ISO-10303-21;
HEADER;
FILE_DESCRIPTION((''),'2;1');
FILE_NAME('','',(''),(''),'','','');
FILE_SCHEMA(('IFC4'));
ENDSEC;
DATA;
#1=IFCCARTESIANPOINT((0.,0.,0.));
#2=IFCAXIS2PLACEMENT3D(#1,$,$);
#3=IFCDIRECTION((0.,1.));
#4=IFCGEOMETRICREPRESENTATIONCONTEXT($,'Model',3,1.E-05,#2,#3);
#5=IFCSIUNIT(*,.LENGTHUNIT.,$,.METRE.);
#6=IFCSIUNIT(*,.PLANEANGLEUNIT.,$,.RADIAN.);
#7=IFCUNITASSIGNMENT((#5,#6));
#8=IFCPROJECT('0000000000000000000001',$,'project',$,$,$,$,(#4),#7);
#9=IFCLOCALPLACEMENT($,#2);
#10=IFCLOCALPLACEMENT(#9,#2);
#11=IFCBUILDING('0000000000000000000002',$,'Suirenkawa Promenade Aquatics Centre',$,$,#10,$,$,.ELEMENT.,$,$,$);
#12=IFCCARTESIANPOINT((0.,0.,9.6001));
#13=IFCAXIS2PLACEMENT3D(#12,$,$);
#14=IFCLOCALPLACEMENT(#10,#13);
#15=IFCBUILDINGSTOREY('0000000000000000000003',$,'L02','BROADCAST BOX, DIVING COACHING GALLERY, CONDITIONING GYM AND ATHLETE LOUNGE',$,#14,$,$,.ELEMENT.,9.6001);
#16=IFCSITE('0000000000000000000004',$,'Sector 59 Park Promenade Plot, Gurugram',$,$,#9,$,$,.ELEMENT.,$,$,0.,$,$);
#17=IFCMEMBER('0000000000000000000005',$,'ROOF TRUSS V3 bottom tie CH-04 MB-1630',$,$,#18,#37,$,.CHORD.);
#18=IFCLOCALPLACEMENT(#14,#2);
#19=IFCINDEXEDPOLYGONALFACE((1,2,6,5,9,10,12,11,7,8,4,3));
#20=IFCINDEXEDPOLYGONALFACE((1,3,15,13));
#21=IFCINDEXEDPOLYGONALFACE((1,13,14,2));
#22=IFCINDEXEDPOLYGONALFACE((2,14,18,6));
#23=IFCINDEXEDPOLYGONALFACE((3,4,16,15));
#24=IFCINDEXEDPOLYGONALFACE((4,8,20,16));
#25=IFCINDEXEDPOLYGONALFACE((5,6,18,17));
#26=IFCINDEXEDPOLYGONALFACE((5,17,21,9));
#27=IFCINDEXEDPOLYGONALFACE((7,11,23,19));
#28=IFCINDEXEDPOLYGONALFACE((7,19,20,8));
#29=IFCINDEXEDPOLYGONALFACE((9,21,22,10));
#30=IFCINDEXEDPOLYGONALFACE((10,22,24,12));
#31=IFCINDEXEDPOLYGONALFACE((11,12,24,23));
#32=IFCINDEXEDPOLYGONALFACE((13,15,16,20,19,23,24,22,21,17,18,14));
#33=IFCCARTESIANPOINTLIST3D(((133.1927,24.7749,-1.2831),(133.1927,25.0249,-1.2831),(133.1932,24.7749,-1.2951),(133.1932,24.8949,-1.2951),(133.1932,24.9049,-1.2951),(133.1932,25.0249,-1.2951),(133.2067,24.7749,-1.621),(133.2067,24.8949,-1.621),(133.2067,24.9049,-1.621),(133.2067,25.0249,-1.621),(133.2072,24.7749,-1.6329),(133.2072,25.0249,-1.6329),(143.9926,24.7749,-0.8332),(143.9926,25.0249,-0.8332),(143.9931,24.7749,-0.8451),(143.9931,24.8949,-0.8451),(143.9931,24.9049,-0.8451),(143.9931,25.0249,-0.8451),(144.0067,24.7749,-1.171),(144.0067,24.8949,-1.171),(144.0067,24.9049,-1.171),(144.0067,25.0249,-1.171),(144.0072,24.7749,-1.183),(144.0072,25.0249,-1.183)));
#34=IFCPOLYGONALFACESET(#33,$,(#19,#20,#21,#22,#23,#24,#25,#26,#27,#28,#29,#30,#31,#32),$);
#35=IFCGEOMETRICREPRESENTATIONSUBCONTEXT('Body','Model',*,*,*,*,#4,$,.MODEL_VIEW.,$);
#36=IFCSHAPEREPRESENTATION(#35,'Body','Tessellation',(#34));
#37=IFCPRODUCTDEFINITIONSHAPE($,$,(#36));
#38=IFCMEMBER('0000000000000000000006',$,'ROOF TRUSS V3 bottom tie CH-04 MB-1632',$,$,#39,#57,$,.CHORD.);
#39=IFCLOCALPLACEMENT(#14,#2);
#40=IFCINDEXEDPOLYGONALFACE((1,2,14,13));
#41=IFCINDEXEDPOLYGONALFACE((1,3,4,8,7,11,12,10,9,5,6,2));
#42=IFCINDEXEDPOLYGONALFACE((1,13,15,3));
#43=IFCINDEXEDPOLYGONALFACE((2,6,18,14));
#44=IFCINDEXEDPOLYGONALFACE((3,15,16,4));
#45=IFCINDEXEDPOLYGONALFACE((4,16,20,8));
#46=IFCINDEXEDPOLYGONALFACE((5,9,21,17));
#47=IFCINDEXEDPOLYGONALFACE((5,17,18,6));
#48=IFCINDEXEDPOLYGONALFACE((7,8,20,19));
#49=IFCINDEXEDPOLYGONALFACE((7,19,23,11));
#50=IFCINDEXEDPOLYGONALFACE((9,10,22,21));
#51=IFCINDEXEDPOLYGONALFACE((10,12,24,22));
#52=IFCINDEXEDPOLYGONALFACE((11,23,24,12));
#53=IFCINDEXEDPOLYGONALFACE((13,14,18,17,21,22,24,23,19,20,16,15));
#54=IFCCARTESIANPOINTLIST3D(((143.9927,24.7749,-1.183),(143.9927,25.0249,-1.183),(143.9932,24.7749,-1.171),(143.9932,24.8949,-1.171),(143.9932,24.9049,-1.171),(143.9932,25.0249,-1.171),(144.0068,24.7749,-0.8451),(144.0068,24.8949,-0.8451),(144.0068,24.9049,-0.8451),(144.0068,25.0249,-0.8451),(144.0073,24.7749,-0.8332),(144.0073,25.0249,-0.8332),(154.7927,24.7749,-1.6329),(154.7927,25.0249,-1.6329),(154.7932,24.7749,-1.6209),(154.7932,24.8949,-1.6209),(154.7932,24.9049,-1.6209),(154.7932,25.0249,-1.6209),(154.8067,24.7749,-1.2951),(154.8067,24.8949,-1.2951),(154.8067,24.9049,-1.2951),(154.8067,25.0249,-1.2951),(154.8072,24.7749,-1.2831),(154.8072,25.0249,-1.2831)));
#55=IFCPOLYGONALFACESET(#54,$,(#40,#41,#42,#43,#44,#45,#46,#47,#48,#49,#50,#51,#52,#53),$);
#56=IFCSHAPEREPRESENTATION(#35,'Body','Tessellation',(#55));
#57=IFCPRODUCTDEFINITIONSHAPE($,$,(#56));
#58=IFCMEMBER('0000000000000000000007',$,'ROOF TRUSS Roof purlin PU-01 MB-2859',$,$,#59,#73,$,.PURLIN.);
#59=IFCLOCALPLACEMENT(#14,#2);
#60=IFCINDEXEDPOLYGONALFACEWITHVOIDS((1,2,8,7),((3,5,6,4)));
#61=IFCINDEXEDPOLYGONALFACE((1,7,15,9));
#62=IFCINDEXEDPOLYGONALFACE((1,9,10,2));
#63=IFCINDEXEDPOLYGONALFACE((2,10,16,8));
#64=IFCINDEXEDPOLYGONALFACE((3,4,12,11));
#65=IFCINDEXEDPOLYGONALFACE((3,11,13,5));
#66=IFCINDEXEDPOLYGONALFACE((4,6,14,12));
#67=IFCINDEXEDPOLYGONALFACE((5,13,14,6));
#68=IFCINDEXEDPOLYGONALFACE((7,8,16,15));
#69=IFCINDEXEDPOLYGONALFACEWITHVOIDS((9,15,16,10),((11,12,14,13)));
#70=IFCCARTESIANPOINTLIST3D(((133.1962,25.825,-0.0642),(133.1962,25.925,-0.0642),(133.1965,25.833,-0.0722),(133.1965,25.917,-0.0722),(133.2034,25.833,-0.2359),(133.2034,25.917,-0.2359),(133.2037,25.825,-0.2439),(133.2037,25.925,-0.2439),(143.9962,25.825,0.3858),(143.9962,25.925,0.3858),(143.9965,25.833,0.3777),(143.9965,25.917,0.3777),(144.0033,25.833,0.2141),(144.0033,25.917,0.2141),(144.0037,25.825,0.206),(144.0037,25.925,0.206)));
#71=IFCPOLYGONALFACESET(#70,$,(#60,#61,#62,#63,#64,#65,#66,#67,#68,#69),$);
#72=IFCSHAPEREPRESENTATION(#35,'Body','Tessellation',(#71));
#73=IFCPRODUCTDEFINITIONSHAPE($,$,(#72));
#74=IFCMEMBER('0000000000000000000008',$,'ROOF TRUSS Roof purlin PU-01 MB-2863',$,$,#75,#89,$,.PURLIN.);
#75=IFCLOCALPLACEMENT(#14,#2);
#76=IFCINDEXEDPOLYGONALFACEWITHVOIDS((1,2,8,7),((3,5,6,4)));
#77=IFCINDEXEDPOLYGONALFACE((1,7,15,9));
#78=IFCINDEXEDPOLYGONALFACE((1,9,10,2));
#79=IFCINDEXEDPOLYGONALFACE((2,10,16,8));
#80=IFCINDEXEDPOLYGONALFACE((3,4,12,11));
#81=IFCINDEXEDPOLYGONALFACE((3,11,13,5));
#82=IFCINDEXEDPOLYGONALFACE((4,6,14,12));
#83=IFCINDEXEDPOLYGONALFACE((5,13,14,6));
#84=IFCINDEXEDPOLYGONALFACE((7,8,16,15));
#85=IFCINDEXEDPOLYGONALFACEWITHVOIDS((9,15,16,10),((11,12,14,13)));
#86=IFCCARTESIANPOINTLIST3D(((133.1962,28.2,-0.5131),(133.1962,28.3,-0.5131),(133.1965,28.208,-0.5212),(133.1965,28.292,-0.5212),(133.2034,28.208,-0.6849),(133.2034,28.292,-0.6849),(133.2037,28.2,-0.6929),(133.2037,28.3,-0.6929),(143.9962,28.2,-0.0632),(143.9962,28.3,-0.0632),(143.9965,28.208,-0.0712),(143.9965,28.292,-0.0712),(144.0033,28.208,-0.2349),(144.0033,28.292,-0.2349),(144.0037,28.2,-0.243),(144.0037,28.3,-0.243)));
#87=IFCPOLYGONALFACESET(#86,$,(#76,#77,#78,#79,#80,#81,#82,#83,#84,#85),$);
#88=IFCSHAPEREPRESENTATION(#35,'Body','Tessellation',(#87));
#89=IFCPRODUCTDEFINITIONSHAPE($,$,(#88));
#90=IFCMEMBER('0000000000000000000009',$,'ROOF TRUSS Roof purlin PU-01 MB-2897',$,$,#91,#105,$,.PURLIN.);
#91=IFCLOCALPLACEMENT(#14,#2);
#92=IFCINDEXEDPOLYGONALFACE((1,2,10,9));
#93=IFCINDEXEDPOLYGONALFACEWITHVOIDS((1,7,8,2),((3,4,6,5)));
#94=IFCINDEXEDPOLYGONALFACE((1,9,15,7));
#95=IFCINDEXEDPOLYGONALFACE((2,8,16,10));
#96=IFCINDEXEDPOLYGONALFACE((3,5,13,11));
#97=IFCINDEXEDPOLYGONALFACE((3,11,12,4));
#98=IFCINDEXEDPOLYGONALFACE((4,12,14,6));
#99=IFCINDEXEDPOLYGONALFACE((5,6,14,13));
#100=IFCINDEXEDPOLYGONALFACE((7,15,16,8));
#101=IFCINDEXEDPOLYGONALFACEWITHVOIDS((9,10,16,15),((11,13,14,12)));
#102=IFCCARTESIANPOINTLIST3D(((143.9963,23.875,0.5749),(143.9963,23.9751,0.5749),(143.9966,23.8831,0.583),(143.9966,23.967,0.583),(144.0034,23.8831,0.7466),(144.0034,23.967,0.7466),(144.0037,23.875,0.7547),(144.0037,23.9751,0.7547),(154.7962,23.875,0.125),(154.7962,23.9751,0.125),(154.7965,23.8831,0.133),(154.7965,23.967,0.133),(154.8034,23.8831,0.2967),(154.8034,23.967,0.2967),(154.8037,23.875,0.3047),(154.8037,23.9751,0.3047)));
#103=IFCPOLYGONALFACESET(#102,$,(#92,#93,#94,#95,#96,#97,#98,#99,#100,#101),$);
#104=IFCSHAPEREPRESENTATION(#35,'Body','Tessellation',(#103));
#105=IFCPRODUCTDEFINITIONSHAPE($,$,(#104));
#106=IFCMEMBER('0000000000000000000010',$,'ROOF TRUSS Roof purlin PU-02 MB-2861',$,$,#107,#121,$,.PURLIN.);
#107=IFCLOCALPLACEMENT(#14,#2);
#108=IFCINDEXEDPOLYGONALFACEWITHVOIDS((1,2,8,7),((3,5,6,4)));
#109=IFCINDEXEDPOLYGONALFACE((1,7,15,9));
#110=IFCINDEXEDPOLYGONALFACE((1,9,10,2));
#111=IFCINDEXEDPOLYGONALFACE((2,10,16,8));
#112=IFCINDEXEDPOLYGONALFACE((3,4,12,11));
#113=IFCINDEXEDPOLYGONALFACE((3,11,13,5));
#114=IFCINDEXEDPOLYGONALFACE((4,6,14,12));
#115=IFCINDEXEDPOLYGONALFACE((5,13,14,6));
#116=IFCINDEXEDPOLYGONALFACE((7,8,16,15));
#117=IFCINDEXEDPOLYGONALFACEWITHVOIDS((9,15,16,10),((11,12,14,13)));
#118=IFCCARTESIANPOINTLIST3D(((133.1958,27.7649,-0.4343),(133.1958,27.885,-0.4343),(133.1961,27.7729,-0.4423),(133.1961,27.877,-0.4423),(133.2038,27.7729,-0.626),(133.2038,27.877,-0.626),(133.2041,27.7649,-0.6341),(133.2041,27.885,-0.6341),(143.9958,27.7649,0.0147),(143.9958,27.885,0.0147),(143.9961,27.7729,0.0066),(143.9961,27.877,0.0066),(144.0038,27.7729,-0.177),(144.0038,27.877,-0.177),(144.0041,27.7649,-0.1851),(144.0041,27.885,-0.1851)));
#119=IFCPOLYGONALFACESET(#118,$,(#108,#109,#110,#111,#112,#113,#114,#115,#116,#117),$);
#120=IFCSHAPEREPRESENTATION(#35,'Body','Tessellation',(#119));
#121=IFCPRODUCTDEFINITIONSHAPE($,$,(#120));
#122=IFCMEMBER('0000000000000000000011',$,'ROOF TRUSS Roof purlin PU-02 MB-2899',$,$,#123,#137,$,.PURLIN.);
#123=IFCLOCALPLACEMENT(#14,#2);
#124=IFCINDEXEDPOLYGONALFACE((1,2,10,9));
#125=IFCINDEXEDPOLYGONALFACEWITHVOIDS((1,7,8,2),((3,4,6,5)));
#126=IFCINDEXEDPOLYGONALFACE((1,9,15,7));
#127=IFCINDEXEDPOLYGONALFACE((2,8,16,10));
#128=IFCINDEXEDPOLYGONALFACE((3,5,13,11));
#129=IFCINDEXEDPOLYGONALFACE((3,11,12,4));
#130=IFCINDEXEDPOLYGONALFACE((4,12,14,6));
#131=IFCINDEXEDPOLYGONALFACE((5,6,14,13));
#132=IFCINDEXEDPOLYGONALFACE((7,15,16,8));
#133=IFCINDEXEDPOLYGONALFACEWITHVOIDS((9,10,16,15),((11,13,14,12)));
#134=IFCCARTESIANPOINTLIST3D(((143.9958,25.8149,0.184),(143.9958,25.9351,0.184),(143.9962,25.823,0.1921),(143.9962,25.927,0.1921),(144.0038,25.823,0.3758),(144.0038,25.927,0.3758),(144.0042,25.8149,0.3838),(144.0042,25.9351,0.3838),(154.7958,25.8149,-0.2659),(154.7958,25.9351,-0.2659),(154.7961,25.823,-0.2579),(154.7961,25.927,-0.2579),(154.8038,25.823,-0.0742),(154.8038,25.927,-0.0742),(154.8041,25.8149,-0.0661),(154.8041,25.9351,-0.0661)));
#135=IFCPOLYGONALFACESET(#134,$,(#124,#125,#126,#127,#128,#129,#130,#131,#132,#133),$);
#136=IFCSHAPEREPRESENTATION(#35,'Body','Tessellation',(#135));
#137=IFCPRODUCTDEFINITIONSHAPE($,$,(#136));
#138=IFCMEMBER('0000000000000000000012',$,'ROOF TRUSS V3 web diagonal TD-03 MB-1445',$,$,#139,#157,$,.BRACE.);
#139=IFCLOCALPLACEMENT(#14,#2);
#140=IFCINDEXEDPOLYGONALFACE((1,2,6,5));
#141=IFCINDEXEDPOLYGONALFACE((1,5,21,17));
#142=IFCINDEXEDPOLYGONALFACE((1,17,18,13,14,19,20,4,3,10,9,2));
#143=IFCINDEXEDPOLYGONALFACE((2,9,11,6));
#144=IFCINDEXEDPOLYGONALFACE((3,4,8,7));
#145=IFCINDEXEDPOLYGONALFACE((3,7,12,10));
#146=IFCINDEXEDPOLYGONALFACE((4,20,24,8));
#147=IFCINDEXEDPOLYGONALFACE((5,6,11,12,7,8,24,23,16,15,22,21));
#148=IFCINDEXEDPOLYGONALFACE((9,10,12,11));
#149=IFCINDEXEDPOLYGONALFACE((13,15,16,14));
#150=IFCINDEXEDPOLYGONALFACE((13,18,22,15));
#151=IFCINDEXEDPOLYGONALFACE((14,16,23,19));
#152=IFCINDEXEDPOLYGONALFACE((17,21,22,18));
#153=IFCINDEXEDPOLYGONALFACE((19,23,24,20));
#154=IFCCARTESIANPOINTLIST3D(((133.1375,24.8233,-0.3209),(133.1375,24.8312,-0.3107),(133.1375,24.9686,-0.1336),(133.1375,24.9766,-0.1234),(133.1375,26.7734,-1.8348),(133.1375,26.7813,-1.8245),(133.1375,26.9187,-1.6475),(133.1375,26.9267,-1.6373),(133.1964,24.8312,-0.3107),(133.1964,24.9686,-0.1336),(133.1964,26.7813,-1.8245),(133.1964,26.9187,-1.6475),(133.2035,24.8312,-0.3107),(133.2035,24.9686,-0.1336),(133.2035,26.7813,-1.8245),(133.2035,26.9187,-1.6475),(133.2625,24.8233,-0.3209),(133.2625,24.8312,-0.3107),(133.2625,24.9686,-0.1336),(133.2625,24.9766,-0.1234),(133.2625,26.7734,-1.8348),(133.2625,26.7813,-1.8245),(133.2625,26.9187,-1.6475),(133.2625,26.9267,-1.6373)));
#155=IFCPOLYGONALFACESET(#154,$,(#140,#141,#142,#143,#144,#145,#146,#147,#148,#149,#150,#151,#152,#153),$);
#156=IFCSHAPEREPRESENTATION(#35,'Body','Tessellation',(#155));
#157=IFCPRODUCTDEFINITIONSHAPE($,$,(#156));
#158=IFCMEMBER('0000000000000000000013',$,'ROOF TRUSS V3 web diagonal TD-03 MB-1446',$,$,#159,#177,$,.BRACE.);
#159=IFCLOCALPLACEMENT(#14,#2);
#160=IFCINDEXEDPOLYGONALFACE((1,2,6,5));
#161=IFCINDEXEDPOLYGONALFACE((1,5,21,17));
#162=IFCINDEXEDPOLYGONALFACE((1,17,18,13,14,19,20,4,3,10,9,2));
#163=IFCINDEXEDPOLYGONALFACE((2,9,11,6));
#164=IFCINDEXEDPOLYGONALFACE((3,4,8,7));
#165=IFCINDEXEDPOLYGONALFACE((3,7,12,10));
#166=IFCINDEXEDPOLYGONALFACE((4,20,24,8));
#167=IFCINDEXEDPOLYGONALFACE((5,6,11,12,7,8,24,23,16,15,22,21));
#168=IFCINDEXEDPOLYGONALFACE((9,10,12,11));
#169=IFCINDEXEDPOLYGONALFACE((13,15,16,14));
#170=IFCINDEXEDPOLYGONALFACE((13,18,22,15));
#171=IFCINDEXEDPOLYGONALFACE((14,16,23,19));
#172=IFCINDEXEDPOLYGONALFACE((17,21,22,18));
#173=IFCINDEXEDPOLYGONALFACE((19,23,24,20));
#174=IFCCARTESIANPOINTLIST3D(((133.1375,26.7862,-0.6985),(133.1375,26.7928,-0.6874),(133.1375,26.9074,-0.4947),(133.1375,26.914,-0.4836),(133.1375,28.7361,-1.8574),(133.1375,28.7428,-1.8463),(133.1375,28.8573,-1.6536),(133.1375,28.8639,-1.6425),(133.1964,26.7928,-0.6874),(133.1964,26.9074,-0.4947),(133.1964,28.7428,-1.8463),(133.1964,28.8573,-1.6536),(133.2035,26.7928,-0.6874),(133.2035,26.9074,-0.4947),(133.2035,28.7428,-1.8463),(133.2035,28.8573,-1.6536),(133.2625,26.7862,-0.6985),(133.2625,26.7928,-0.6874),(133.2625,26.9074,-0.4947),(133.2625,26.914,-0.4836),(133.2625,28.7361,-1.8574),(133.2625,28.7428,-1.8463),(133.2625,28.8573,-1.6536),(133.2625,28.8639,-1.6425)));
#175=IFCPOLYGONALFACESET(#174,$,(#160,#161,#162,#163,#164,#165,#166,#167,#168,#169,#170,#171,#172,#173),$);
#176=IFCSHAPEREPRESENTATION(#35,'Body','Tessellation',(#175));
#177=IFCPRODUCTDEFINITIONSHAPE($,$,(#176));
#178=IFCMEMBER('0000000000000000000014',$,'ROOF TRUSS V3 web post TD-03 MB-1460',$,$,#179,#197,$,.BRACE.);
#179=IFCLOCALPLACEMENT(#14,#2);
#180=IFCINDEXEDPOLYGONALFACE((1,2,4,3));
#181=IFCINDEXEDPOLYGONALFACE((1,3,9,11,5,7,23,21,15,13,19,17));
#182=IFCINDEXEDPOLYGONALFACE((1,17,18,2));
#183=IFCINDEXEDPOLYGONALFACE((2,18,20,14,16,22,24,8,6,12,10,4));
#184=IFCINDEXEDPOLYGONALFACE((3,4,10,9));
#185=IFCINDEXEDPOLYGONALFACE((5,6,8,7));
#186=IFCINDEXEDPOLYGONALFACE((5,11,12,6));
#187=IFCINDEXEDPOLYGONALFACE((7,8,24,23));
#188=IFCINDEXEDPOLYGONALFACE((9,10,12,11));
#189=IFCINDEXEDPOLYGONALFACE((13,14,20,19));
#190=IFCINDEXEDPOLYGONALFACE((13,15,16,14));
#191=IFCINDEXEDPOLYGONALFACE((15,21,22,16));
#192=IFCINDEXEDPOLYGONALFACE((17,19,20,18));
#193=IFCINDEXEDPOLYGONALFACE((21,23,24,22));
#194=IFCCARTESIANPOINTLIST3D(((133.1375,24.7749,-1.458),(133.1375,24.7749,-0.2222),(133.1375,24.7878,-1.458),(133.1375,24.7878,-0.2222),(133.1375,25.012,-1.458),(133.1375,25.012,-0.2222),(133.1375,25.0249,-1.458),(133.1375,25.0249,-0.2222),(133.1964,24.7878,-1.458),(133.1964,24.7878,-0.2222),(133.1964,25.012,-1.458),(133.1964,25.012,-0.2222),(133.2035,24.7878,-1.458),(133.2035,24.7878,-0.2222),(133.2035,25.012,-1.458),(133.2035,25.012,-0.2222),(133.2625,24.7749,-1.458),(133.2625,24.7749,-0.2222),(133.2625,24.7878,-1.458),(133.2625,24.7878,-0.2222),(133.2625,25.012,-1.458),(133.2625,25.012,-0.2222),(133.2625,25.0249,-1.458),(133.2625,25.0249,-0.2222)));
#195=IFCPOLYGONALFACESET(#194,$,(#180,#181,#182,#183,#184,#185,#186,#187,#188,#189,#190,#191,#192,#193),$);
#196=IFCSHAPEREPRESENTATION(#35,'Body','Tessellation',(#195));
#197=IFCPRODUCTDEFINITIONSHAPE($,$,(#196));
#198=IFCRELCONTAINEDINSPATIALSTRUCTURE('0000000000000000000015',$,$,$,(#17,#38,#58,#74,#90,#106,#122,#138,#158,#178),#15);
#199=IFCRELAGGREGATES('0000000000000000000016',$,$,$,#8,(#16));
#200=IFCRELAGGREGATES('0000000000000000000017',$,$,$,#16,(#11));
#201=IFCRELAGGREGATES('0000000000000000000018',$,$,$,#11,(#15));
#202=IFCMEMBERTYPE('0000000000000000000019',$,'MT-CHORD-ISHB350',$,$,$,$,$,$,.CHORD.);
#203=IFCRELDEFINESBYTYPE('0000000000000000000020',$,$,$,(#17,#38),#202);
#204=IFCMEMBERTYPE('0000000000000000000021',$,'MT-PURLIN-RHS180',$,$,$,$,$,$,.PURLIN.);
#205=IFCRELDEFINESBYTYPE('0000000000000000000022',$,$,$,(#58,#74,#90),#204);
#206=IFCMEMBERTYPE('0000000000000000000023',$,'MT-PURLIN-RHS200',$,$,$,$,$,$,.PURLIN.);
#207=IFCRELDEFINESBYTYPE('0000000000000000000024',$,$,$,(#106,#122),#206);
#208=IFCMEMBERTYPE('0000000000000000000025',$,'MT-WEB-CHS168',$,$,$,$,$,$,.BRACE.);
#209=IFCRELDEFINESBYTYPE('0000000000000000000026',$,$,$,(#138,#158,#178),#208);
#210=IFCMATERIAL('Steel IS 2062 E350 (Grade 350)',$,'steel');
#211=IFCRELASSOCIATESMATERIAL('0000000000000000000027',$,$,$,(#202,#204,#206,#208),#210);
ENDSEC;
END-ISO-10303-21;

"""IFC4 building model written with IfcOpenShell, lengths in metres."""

from ifc_helpers import new_model, si_unit, direction, frame, origin, origin_2d, place, context, subcontext, project, spatial, hollow_rectangle, i_section, extrude, material, material_profile, profile_set, type_object, element, save


model = new_model("IFC4")

# Units and contexts
model_context = context("Model", 3, precision=1e-05, world=origin(), true_north=direction((0.0, 1.0)))
body_context = subcontext(model_context, "Body", "Model", "MODEL_VIEW")
ifc_project = project(units=[si_unit("LENGTHUNIT", "METRE"), si_unit("PLANEANGLEUNIT", "RADIAN")], contexts=[model_context])

# Site, building, storey
site_placement = place(None, origin())
site = spatial("IfcSite", under=ifc_project, at=site_placement, Name="Sector 59 Park Promenade Plot, Gurugram", CompositionType="ELEMENT", RefElevation=0.0)
building_placement = place(site_placement, origin())
building = spatial("IfcBuilding", under=site, at=building_placement, Name="Suirenkawa Promenade Aquatics Centre", CompositionType="ELEMENT")
storey_placement = place(building_placement, frame((0.0, 0.0, 9.6001)))
storey = spatial("IfcBuildingStorey", under=building, at=storey_placement, Name="L02", Description="BROADCAST BOX, DIVING COACHING GALLERY, CONDITIONING GYM AND ATHLETE LOUNGE", CompositionType="ELEMENT", Elevation=9.6001)

# Shared definitions
ifc_material = material(Name="Steel IS 2062 E350 (Grade 350)", Category="steel")

# Members
ifc_material_profile_1 = material_profile(ifc_material, i_section(OverallWidth=0.25, OverallDepth=0.3501, WebThickness=0.01, FlangeThickness=0.012, at=origin_2d()), Name="ISHB 350", Category="steel")
ifc_profile_set_1 = profile_set([ifc_material_profile_1], Name="Steel IS 2062 E350 (Grade 350)")
member_type_1 = type_object("IfcMemberType", Name="MT-CHORD-ISHB350", PredefinedType="CHORD", material=ifc_profile_set_1)
for number, where, z_axis, x_axis, name in (
    (1, (133.2, 24.8999, -1.458), (0.999133, 0.0, 0.041626), (0.0, 1.0, 0.0), "ROOF TRUSS V3 bottom tie CH-04 MB-1630"),
    (2, (144.0, 24.8999, -1.0081), (0.999133, 0.0, -0.041626), (0.0, 1.0, 0.0), "ROOF TRUSS V3 bottom tie CH-04 MB-1632"),
):
    element("IfcMember", number, at=place(storey_placement, frame(where, z_axis=z_axis, x_axis=x_axis)), inside=storey, type_object=member_type_1, Name=name, PredefinedType="CHORD", context=body_context, shape_type="SweptSolid", body=[
        extrude(i_section(OverallWidth=0.25, OverallDepth=0.3501, WebThickness=0.01, FlangeThickness=0.012, at=origin_2d()), origin(), (0.0, 0.0, 1.0), 10.8093),
    ])
ifc_material_profile_2 = material_profile(ifc_material, hollow_rectangle(XDim=0.1001, YDim=0.1799, WallThickness=0.0081, at=origin_2d()), Name="RHS 180x100x8", Category="steel")
ifc_profile_set_2 = profile_set([ifc_material_profile_2], Name="Steel IS 2062 E350 (Grade 350)")
member_type_2 = type_object("IfcMemberType", Name="MT-PURLIN-RHS180", PredefinedType="PURLIN", material=ifc_profile_set_2)
for number, where, z_axis, x_axis, name in (
    (3, (133.2, 25.875, -0.1541), (0.999133, 0.0, 0.041626), (0.0, 1.0, 0.0), "ROOF TRUSS Roof purlin PU-01 MB-2859"),
    (4, (133.2, 28.25, -0.603), (0.999133, 0.0, 0.041626), (0.0, 1.0, 0.0), "ROOF TRUSS Roof purlin PU-01 MB-2863"),
    (5, (144.0, 23.925, 0.6648), (0.999133, 0.0, -0.041626), (0.0, 1.0, 0.0), "ROOF TRUSS Roof purlin PU-01 MB-2897"),
):
    element("IfcMember", number, at=place(storey_placement, frame(where, z_axis=z_axis, x_axis=x_axis)), inside=storey, type_object=member_type_2, Name=name, PredefinedType="PURLIN", context=body_context, shape_type="SweptSolid", body=[
        extrude(hollow_rectangle(XDim=0.1001, YDim=0.1799, WallThickness=0.0081, at=origin_2d()), origin(), (0.0, 0.0, 1.0), 10.8093),
    ])
ifc_material_profile_3 = material_profile(ifc_material, hollow_rectangle(XDim=0.1201, YDim=0.2, WallThickness=0.0081, at=origin_2d()), Name="RHS 200x120x8", Category="steel")
ifc_profile_set_3 = profile_set([ifc_material_profile_3], Name="Steel IS 2062 E350 (Grade 350)")
member_type_3 = type_object("IfcMemberType", Name="MT-PURLIN-RHS200", PredefinedType="PURLIN", material=ifc_profile_set_3)
for number, where, z_axis, x_axis, name in (
    (6, (133.2, 27.825, -0.5342), (0.999137, 0.0, 0.041536), (0.0, 1.0, 0.0), "ROOF TRUSS Roof purlin PU-02 MB-2861"),
    (7, (144.0, 25.875, 0.2839), (0.999133, 0.0, -0.041626), (0.0, 1.0, 0.0), "ROOF TRUSS Roof purlin PU-02 MB-2899"),
):
    element("IfcMember", number, at=place(storey_placement, frame(where, z_axis=z_axis, x_axis=x_axis)), inside=storey, type_object=member_type_3, Name=name, PredefinedType="PURLIN", context=body_context, shape_type="SweptSolid", body=[
        extrude(hollow_rectangle(XDim=0.1201, YDim=0.2, WallThickness=0.0081, at=origin_2d()), origin(), (0.0, 0.0, 1.0), 10.8093),
    ])
ifc_material_profile_4 = material_profile(ifc_material, i_section(OverallWidth=0.125, OverallDepth=0.25, WebThickness=0.0071, FlangeThickness=0.0129, at=origin_2d()), Name="ISMB 250", Category="steel")
ifc_profile_set_4 = profile_set([ifc_material_profile_4], Name="Steel IS 2062 E350 (Grade 350)")
member_type_4 = type_object("IfcMemberType", Name="MT-WEB-CHS168", PredefinedType="BRACE", material=ifc_profile_set_4)
member_1_placement = place(storey_placement, frame((133.2, 24.8999, -0.2222), z_axis=(0.0, 0.789922, -0.613208), x_axis=(-1.0, 0.0, 0.0)))
element("IfcMember", 8, at=member_1_placement, inside=storey, type_object=member_type_4, Name="ROOF TRUSS V3 web diagonal TD-03 MB-1445", PredefinedType="BRACE", context=body_context, shape_type="SweptSolid", body=[
    extrude(i_section(OverallWidth=0.125, OverallDepth=0.25, WebThickness=0.0071, FlangeThickness=0.0129, at=origin_2d()), origin(), (0.0, 0.0, 1.0), 2.4688),
])
member_2_placement = place(storey_placement, frame((133.2, 26.8501, -0.5911), z_axis=(0.0, 0.859632, -0.510914), x_axis=(-1.0, 0.0, 0.0)))
element("IfcMember", 9, at=member_2_placement, inside=storey, type_object=member_type_4, Name="ROOF TRUSS V3 web diagonal TD-03 MB-1446", PredefinedType="BRACE", context=body_context, shape_type="SweptSolid", body=[
    extrude(i_section(OverallWidth=0.125, OverallDepth=0.25, WebThickness=0.0071, FlangeThickness=0.0129, at=origin_2d()), origin(), (0.0, 0.0, 1.0), 2.2683),
])
member_3_placement = place(storey_placement, frame((133.2, 24.8999, -1.458), z_axis=(0.0, 0.0, 1.0), x_axis=(1.0, 0.0, 0.0)))
element("IfcMember", 10, at=member_3_placement, inside=storey, type_object=member_type_4, Name="ROOF TRUSS V3 web post TD-03 MB-1460", PredefinedType="BRACE", context=body_context, shape_type="SweptSolid", body=[
    extrude(i_section(OverallWidth=0.125, OverallDepth=0.25, WebThickness=0.0071, FlangeThickness=0.0129, at=origin_2d()), origin(), (0.0, 0.0, 1.0), 1.2358),
])

save(model, "model.ifc")
